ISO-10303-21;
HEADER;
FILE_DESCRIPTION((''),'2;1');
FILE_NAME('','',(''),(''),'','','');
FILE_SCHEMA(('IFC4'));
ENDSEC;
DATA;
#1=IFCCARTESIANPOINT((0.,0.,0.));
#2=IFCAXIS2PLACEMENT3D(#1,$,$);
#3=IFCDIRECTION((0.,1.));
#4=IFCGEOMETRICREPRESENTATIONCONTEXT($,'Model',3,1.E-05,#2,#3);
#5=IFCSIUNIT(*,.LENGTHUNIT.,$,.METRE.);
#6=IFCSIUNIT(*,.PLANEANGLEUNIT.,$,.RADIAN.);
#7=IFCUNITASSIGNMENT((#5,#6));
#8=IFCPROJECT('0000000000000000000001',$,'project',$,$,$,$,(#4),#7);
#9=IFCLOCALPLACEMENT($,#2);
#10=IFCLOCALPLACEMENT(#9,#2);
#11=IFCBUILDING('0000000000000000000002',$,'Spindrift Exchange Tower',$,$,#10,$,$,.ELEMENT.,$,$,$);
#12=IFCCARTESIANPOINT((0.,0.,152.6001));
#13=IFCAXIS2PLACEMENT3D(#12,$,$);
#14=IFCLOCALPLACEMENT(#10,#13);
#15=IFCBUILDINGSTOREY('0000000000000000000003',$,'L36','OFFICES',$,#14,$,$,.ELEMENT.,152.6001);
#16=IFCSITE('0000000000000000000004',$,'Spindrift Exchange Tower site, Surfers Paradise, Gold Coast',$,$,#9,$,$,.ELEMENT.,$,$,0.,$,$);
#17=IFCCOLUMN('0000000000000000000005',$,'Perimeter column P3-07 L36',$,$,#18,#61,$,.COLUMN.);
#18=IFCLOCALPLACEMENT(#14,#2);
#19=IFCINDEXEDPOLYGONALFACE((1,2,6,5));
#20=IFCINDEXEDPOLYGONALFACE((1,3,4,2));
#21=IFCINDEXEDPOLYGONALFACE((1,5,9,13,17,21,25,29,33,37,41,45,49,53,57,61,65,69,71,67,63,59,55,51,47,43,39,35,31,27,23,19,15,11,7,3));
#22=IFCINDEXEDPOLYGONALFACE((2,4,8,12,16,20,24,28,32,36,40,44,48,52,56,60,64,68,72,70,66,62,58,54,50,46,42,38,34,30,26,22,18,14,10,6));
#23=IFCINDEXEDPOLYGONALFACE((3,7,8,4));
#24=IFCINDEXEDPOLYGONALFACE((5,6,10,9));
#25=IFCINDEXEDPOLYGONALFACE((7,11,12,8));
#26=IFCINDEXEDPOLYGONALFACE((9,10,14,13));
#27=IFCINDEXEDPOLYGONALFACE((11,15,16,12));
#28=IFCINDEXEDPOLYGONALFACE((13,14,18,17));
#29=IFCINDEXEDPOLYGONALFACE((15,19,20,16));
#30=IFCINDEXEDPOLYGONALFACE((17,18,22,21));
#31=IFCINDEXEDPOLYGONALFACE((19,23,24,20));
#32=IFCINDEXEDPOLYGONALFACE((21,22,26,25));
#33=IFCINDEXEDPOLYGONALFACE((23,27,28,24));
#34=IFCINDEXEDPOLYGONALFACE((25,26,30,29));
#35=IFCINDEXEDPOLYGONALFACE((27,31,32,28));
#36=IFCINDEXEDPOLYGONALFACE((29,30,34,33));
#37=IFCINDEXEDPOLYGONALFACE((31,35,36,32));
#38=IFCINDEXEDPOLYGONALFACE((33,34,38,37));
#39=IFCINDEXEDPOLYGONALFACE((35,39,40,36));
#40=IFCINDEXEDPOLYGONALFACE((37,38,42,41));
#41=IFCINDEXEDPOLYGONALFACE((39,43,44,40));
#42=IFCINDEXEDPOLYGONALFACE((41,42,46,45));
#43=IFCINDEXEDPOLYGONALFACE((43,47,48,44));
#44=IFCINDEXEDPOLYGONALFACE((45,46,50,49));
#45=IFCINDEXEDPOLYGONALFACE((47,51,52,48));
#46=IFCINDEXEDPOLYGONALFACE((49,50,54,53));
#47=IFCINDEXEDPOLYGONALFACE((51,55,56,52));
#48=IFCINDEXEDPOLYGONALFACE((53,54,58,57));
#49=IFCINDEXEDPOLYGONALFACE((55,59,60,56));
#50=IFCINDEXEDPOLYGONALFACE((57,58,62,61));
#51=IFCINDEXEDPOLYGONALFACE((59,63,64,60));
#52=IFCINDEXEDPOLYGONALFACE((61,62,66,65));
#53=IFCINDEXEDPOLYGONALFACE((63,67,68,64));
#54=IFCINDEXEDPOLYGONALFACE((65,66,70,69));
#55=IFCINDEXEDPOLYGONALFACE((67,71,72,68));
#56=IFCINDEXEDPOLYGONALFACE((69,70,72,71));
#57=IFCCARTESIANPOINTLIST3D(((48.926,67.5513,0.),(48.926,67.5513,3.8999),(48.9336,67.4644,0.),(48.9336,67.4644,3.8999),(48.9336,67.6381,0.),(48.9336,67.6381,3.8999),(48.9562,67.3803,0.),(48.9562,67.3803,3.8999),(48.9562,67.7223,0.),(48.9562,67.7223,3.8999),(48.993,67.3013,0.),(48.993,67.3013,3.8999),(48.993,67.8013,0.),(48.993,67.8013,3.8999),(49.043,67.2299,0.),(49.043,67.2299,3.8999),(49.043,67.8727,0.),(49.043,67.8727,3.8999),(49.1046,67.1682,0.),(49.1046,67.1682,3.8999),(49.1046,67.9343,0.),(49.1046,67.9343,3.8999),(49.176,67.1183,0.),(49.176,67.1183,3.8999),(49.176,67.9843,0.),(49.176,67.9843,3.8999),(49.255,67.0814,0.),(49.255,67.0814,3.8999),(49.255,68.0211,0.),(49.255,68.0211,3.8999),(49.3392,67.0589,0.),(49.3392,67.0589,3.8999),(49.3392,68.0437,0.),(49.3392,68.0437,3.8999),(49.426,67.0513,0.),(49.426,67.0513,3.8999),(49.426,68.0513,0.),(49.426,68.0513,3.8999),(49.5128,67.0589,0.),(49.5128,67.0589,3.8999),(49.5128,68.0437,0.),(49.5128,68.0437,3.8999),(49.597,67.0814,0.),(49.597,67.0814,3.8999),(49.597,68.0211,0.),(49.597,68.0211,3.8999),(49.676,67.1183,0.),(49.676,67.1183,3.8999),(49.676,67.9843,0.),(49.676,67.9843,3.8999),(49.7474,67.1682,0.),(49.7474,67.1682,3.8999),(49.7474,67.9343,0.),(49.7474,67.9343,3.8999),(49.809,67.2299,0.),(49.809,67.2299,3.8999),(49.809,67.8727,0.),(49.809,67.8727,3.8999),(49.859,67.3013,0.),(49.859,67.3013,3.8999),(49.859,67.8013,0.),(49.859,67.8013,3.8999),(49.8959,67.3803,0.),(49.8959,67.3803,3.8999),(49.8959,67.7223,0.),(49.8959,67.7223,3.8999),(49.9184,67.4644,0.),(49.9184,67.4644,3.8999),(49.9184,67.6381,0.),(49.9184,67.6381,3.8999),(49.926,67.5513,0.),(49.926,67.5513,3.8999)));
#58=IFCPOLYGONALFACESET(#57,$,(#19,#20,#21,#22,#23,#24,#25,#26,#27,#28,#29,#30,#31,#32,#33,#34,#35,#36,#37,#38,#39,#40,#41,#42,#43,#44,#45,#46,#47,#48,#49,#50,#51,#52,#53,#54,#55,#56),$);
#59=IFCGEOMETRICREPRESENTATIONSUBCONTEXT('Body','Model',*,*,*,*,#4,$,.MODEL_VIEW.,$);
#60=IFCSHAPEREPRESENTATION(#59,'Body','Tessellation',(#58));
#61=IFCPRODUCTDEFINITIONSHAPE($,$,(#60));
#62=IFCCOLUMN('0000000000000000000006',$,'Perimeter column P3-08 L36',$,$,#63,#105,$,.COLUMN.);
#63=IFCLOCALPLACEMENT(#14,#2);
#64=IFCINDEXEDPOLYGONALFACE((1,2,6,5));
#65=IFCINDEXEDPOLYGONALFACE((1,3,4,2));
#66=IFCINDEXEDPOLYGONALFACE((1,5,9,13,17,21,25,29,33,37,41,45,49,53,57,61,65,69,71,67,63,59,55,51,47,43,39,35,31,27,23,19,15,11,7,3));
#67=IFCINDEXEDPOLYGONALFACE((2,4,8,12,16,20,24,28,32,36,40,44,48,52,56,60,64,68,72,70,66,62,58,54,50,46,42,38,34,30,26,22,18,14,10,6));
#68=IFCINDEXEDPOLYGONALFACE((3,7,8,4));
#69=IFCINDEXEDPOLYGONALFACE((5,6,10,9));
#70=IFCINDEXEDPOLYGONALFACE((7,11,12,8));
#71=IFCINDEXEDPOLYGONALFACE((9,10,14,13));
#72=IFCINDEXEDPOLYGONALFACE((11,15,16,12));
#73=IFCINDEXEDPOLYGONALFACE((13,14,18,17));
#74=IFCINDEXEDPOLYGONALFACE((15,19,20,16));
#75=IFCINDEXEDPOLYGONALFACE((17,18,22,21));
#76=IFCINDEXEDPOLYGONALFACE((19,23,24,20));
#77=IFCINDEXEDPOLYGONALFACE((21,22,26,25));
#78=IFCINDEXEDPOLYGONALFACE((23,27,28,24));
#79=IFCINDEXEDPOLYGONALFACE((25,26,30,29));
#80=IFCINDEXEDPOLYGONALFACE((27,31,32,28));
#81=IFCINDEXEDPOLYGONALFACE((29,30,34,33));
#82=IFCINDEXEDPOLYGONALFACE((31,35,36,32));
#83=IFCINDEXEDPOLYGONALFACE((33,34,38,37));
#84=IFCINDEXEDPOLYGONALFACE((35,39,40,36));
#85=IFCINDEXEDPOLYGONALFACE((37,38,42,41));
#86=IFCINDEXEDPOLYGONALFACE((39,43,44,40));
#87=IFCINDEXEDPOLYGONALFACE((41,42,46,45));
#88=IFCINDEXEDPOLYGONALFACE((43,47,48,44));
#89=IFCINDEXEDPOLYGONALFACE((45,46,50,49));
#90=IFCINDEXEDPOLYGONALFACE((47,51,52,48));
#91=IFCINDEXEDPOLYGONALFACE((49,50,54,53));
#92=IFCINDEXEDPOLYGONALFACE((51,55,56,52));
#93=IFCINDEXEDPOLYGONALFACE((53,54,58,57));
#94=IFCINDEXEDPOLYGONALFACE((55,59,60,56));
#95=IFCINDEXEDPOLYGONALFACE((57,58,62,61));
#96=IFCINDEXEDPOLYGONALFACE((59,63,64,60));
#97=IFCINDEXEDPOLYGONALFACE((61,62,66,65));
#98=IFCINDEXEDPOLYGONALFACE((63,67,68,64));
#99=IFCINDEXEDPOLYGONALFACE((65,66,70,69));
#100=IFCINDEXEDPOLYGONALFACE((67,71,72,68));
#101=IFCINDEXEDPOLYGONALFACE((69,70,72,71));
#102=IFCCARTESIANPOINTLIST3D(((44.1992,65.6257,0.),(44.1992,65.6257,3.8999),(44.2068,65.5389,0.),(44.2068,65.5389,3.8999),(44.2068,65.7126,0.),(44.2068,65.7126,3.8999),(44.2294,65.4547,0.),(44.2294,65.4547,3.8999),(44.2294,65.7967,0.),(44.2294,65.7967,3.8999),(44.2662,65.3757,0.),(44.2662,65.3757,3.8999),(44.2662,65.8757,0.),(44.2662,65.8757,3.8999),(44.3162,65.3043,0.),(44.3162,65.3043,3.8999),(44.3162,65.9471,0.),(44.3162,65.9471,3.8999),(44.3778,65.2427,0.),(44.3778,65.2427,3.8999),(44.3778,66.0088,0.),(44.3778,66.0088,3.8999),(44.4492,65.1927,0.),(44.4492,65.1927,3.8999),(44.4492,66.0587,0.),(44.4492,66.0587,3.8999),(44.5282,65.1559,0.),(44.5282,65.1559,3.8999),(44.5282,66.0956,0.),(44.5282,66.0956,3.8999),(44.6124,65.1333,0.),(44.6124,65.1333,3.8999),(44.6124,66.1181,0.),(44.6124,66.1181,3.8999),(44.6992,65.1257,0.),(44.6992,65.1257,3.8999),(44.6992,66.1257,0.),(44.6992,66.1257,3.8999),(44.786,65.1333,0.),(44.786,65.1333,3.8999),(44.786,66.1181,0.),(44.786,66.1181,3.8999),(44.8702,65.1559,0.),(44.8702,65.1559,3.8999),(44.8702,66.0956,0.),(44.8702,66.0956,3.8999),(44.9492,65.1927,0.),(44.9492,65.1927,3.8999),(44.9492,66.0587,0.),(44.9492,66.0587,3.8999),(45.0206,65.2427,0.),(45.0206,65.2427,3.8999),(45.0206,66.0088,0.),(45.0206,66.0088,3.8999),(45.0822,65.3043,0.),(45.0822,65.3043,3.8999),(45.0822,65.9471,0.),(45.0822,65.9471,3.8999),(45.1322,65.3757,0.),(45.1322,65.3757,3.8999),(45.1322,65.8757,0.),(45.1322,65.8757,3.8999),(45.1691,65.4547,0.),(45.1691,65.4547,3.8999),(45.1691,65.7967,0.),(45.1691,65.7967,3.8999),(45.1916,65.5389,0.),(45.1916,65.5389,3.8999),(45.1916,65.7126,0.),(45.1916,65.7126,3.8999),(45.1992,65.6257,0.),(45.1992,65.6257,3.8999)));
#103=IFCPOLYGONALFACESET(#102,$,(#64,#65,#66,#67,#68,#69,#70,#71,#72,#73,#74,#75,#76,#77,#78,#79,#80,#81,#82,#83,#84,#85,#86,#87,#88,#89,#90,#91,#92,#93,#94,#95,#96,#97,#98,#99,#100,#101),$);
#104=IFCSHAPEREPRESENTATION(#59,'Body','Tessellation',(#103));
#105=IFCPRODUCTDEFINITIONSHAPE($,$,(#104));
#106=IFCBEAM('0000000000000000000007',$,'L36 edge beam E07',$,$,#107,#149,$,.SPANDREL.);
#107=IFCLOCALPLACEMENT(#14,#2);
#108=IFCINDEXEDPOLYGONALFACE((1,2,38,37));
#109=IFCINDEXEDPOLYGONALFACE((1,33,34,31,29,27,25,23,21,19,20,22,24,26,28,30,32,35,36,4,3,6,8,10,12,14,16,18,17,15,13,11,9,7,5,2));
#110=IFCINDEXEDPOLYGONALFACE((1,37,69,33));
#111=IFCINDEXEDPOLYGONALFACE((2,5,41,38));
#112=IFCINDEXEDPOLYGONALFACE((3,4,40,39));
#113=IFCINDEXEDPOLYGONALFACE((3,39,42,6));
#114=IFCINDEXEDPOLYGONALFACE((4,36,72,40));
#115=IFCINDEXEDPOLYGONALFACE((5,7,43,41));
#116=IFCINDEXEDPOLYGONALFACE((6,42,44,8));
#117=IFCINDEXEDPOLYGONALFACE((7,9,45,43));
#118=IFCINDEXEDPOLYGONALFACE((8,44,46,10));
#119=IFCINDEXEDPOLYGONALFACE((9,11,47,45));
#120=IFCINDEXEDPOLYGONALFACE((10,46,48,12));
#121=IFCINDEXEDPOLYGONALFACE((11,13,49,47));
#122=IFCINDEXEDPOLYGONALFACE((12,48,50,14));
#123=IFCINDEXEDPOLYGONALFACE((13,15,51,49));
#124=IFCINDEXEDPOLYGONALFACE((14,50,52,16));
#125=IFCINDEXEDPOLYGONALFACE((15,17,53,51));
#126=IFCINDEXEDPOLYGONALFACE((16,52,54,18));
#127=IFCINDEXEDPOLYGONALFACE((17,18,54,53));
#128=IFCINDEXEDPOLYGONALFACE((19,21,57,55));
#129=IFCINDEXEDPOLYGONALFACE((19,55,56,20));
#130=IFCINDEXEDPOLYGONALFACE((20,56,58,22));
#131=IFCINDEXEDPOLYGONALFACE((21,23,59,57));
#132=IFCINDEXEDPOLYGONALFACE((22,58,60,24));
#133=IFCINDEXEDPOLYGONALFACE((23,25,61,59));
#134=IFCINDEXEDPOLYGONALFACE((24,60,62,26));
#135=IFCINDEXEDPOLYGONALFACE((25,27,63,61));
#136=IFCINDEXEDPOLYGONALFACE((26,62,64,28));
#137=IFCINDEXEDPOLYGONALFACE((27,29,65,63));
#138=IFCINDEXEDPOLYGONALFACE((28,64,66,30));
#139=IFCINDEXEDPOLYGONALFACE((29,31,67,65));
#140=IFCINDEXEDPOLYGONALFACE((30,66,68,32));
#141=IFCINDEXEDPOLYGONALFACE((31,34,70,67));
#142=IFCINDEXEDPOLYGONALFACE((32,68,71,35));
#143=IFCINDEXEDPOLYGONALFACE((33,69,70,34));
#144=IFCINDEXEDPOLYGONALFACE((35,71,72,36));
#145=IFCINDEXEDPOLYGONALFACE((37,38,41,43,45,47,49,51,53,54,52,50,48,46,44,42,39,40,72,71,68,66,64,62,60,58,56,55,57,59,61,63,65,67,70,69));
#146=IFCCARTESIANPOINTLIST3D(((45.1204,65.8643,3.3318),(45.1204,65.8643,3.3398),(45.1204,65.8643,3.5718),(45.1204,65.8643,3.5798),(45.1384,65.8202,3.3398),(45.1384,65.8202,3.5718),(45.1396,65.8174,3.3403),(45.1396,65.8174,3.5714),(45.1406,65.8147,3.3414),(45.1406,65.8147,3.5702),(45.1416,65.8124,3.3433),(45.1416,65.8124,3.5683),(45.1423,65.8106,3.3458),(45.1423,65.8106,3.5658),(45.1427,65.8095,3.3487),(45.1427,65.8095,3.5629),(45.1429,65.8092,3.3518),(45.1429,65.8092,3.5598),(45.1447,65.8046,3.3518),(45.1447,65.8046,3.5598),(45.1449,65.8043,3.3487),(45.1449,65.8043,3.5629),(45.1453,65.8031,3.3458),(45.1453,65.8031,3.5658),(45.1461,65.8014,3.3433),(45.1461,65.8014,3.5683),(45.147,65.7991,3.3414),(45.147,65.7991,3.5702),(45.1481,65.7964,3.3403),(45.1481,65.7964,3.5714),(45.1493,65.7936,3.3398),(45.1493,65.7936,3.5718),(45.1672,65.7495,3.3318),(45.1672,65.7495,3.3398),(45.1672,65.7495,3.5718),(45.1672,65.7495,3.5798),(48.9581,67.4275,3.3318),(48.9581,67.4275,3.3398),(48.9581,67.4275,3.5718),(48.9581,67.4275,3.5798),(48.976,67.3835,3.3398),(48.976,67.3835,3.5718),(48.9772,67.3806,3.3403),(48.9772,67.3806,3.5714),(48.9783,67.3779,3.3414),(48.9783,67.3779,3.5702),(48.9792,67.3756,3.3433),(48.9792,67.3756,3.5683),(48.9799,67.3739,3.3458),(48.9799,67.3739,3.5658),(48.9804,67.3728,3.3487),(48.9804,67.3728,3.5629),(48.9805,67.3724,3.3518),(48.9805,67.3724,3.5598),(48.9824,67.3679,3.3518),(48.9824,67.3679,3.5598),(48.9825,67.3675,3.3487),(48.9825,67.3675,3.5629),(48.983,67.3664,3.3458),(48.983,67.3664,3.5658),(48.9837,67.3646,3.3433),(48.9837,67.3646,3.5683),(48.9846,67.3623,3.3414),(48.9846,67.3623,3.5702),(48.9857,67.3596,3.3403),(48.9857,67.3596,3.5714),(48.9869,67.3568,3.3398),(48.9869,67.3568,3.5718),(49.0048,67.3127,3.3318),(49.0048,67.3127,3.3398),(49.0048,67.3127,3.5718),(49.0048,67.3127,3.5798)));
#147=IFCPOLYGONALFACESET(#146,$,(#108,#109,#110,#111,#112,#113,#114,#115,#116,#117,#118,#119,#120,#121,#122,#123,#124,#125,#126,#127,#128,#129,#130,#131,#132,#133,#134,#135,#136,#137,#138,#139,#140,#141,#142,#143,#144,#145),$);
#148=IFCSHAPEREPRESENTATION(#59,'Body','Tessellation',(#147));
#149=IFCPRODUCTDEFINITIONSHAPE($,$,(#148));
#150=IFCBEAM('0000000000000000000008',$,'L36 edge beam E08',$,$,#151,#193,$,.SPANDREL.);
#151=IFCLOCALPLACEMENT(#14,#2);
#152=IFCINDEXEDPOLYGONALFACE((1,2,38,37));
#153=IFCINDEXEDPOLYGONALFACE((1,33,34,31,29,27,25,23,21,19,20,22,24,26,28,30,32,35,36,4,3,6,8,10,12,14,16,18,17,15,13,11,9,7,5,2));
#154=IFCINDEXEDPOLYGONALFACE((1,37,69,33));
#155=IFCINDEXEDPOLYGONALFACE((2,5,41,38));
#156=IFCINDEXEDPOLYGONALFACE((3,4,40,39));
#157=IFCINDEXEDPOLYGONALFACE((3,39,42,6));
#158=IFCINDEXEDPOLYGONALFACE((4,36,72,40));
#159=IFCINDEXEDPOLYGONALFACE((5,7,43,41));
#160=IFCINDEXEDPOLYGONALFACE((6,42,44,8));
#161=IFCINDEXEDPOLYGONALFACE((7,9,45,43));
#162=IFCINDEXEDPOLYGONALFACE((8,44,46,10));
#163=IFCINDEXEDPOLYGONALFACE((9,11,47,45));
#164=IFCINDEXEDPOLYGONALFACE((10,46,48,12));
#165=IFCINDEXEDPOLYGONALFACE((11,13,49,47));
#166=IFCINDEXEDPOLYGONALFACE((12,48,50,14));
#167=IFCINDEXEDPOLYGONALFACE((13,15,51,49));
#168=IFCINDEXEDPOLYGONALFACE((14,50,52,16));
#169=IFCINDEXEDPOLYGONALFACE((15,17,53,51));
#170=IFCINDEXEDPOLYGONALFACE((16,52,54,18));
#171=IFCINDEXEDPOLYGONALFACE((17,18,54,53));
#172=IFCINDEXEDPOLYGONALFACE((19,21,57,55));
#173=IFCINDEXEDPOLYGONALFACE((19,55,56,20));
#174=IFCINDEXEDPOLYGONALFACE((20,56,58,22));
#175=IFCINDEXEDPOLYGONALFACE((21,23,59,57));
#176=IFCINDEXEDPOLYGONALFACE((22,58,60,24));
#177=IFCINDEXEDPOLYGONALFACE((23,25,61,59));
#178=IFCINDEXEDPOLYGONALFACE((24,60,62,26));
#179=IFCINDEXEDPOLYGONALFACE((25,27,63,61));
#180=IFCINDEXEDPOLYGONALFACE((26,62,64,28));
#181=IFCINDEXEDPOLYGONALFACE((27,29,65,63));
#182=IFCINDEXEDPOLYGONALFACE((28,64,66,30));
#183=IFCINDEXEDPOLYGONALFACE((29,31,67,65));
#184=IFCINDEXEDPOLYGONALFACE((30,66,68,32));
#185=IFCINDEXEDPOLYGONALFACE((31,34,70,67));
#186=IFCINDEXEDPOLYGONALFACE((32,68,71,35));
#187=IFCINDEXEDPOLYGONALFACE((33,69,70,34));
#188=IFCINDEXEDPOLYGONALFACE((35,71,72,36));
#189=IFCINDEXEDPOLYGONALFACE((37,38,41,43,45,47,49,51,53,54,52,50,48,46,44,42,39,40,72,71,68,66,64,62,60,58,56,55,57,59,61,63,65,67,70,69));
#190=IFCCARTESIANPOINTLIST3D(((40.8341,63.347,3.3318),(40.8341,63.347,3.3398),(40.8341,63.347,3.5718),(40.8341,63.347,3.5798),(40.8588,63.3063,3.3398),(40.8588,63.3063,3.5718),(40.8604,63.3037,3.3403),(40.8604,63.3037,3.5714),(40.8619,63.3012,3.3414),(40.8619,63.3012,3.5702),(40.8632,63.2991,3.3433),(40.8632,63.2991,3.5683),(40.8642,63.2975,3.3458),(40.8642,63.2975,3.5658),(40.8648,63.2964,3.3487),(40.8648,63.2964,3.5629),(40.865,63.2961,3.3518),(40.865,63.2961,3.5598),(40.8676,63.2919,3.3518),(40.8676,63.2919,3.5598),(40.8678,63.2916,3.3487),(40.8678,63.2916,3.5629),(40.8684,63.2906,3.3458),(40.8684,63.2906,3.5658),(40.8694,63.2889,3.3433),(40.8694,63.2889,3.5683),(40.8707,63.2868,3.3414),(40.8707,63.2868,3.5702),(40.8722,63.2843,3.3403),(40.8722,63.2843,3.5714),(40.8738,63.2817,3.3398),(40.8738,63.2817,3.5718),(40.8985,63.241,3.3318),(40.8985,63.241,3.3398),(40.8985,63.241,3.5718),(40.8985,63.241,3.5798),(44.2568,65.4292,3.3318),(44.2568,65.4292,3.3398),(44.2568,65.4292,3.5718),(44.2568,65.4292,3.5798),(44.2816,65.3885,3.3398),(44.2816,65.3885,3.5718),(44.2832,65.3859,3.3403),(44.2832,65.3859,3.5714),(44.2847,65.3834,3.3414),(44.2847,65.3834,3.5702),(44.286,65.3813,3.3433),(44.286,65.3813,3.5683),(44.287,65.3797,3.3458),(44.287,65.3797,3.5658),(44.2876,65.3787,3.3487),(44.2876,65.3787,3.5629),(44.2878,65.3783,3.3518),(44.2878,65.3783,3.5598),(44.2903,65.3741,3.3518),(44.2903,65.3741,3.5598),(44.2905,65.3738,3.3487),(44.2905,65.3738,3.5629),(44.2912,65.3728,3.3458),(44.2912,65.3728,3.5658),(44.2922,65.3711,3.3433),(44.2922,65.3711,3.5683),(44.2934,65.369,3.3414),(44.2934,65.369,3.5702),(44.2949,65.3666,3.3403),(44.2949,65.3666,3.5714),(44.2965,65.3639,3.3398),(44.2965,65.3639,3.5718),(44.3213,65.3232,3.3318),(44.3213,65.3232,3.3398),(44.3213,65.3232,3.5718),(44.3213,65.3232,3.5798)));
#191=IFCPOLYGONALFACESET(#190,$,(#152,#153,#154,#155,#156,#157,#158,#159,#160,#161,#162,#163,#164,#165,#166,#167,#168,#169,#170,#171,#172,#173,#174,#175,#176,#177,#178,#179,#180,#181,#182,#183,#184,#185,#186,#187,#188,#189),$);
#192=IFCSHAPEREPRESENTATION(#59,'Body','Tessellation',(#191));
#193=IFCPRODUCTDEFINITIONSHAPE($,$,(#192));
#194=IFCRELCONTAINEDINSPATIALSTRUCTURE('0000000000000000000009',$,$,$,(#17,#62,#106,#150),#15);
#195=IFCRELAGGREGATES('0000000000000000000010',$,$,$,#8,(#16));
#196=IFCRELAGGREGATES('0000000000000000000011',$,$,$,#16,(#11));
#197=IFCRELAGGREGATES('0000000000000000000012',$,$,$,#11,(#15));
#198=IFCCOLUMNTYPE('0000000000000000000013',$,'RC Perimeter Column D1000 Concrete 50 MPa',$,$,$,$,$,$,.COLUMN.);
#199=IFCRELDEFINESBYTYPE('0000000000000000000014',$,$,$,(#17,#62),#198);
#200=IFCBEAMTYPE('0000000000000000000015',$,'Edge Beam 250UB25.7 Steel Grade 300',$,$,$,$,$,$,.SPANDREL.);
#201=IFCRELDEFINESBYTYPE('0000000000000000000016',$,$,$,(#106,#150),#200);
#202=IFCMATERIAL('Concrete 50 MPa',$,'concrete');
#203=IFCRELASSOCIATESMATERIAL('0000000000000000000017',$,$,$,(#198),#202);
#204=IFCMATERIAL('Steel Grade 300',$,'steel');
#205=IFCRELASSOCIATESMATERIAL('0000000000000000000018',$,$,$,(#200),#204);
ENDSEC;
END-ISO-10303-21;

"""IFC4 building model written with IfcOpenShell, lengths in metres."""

from ifc_helpers import new_model, si_unit, direction, frame, origin, origin_2d, place, context, subcontext, project, spatial, circle, i_section, extrude, source, transform, mapped, material, material_profile, profile_set, type_object, element, save


model = new_model("IFC4")

# Units and contexts
model_context = context("Model", 3, precision=1e-05, world=origin(), true_north=direction((0.0, 1.0)))
body_context = subcontext(model_context, "Body", "Model", "MODEL_VIEW")
ifc_project = project(units=[si_unit("LENGTHUNIT", "METRE"), si_unit("PLANEANGLEUNIT", "RADIAN")], contexts=[model_context])

# Site, building, storey
site_placement = place(None, origin())
site = spatial("IfcSite", under=ifc_project, at=site_placement, Name="Spindrift Exchange Tower site, Surfers Paradise, Gold Coast", CompositionType="ELEMENT", RefElevation=0.0)
building_placement = place(site_placement, origin())
building = spatial("IfcBuilding", under=site, at=building_placement, Name="Spindrift Exchange Tower", CompositionType="ELEMENT")
storey_placement = place(building_placement, frame((0.0, 0.0, 152.6001)))
storey = spatial("IfcBuildingStorey", under=building, at=storey_placement, Name="L36", Description="OFFICES", CompositionType="ELEMENT", Elevation=152.6001)

# Columns
ifc_material_1 = material(Name="Concrete 50 MPa", Category="concrete")
ifc_material_profile_1 = material_profile(ifc_material_1, circle(Radius=0.5, at=origin_2d()), Name="RC D1000")
ifc_profile_set_1 = profile_set([ifc_material_profile_1], Name="Concrete 50 MPa")
column_type = type_object("IfcColumnType", Name="RC Perimeter Column D1000 Concrete 50 MPa", PredefinedType="COLUMN", material=ifc_profile_set_1)
shared_shape_1 = source(origin(), body_context, "Body", "SweptSolid", [
    extrude(circle(Radius=0.5, at=origin_2d()), origin(), (0.0, 0.0, 1.0), 3.8999),
])
for number, where, z_axis, x_axis, name in (
    (1, (49.426, 67.5513, 0.0), (0.0, 0.0, 1.0), (1.0, 0.0, 0.0), "Perimeter column P3-07 L36"),
    (2, (44.6992, 65.6257, 0.0), (0.0, 0.0, 1.0), (1.0, 0.0, 0.0), "Perimeter column P3-08 L36"),
):
    element("IfcColumn", number, at=place(storey_placement, frame(where, z_axis=z_axis, x_axis=x_axis)), inside=storey, type_object=column_type, Name=name, PredefinedType="COLUMN", context=body_context, shape_type="MappedRepresentation", body=[
        mapped(shared_shape_1, transform((0.0, 0.0, 0.0), scale=1.0)),
    ])

# Beams
ifc_material_2 = material(Name="Steel Grade 300", Category="steel")
ifc_material_profile_2 = material_profile(ifc_material_2, i_section(OverallWidth=0.124, OverallDepth=0.248, WebThickness=0.0049, FlangeThickness=0.0081, FilletRadius=0.012, at=origin_2d()), Name="250UB25.7")
ifc_profile_set_2 = profile_set([ifc_material_profile_2], Name="Steel Grade 300")
beam_type_1 = type_object("IfcBeamType", Name="Edge Beam 250UB25.7 Steel Grade 300", PredefinedType="SPANDREL", material=ifc_profile_set_2)
shared_shape_2 = source(origin(), body_context, "Body", "SweptSolid", [
    extrude(i_section(OverallWidth=0.124, OverallDepth=0.248, WebThickness=0.0049, FlangeThickness=0.0081, FilletRadius=0.012, at=origin_2d()), origin(), (0.0, 0.0, 1.0), 4.1438),
])
beam_1_placement = place(storey_placement, frame((48.9814, 67.3701, 3.4558), z_axis=(-0.926114, -0.377244, 0.0), x_axis=(0.377244, -0.926114, 0.0)))
element("IfcBeam", 3, at=beam_1_placement, inside=storey, type_object=beam_type_1, Name="L36 edge beam E07", PredefinedType="SPANDREL", context=body_context, shape_type="MappedRepresentation", body=[
    mapped(shared_shape_2, transform((0.0, 0.0, 0.0), scale=1.0)),
])
shared_shape_3 = source(origin(), body_context, "Body", "SweptSolid", [
    extrude(i_section(OverallWidth=0.124, OverallDepth=0.248, WebThickness=0.0049, FlangeThickness=0.0081, FilletRadius=0.012, at=origin_2d()), origin(), (0.0, 0.0, 1.0), 4.0063),
])
beam_2_placement = place(storey_placement, frame((44.2891, 65.3762, 3.4558), z_axis=(-0.854331, -0.519728, 0.0), x_axis=(0.519728, -0.854331, 0.0)))
element("IfcBeam", 4, at=beam_2_placement, inside=storey, type_object=beam_type_1, Name="L36 edge beam E08", PredefinedType="SPANDREL", context=body_context, shape_type="MappedRepresentation", body=[
    mapped(shared_shape_3, transform((0.0, 0.0, 0.0), scale=1.0)),
])

save(model, "model.ifc")
